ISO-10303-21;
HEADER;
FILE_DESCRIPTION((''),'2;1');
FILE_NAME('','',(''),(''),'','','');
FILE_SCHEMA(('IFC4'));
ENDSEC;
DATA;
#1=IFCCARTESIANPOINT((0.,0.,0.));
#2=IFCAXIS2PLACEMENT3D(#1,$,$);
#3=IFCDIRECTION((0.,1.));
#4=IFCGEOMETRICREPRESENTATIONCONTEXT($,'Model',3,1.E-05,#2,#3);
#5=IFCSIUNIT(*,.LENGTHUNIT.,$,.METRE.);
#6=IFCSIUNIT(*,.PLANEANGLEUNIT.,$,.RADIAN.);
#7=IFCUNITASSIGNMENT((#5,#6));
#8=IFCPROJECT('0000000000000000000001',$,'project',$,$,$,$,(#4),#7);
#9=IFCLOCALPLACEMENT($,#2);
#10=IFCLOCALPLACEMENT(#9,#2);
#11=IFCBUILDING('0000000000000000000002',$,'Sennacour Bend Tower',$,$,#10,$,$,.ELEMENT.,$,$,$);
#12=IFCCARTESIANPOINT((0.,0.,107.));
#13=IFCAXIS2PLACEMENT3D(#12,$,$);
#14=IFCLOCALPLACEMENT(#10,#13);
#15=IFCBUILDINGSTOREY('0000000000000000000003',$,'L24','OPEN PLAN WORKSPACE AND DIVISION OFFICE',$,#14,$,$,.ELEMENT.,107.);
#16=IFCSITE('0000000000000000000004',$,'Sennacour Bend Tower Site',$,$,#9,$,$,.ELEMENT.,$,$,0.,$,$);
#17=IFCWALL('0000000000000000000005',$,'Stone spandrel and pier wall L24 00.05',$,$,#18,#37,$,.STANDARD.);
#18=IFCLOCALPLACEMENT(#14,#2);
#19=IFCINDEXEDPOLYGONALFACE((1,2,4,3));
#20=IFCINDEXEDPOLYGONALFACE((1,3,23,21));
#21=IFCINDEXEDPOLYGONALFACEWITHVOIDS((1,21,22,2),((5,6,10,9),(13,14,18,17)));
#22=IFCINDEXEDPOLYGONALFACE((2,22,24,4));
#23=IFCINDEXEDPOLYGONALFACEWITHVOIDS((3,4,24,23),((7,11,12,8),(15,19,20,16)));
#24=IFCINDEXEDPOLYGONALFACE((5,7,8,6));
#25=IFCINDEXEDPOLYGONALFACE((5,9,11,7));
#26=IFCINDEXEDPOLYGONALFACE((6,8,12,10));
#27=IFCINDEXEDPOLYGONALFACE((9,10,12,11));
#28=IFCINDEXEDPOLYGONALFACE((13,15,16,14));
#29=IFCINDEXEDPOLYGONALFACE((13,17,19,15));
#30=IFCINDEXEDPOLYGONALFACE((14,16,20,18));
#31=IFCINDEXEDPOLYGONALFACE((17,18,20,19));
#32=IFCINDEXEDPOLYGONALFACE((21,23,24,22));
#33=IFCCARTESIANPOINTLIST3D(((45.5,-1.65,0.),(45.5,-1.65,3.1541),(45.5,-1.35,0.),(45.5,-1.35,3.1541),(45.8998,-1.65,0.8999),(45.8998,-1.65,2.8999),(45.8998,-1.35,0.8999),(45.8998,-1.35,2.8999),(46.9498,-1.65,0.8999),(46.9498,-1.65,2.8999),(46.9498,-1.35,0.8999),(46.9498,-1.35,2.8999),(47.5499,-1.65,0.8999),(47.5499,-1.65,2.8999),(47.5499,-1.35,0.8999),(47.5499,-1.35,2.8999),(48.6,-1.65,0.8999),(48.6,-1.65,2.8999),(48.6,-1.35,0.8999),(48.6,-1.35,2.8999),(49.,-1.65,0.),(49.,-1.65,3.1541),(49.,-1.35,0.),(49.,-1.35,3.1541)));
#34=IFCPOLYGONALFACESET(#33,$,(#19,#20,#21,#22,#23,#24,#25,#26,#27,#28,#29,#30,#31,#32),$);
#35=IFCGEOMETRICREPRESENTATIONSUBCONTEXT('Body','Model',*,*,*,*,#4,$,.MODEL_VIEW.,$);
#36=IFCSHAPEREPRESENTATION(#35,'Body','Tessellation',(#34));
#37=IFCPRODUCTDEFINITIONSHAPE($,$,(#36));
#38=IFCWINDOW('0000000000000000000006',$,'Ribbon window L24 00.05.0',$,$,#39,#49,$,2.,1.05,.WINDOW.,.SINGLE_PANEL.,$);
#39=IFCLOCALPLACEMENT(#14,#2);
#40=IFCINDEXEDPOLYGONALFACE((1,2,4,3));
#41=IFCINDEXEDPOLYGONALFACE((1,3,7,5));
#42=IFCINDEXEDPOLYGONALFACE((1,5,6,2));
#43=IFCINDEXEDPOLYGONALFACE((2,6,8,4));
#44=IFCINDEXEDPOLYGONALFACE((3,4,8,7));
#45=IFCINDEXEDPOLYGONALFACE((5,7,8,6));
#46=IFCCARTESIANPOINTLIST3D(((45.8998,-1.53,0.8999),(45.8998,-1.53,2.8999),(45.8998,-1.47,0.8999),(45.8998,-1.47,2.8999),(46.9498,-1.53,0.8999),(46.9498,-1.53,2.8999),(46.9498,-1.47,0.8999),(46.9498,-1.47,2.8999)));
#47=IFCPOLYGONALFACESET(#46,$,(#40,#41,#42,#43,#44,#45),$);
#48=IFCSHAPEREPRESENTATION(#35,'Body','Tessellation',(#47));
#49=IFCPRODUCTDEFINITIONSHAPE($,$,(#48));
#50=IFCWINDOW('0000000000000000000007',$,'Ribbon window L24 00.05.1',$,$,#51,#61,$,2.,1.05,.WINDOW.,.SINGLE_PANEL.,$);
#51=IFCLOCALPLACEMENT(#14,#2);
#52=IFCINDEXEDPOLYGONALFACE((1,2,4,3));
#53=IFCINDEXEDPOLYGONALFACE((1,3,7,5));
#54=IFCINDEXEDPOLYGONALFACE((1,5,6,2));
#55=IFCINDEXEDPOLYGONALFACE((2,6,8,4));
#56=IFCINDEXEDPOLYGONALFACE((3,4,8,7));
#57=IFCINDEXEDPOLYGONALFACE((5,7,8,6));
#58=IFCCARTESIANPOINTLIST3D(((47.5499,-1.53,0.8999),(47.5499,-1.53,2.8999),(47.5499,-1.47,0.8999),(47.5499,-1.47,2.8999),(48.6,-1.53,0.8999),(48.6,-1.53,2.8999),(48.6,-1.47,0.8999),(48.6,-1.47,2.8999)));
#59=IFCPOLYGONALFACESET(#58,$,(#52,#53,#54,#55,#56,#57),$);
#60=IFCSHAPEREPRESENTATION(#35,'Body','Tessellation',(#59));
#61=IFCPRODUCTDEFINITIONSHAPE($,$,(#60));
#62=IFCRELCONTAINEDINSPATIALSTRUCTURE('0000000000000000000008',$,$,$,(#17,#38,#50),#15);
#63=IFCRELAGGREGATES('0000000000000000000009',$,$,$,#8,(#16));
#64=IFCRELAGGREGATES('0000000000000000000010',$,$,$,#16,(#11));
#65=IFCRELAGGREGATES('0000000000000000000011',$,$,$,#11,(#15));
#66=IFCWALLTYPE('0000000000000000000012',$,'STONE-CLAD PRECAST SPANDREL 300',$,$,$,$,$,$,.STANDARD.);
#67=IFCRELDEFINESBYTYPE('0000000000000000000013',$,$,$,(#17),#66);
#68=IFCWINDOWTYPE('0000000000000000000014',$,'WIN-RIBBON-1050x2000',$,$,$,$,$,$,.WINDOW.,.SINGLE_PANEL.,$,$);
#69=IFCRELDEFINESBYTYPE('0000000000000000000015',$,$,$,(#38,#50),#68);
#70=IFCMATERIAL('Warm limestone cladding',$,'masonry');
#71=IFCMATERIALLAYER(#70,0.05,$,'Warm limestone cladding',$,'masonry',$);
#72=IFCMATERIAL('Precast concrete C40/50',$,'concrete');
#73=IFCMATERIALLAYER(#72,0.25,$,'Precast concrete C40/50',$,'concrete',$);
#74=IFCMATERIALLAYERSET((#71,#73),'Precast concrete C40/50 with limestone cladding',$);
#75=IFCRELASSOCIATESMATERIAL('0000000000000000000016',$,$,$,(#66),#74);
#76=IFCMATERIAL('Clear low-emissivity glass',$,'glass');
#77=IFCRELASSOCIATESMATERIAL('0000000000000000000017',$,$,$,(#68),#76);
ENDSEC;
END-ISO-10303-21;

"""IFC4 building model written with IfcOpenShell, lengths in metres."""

from ifc_helpers import new_model, si_unit, direction, frame, frame_2d, origin, place, context, subcontext, project, spatial, rectangle, extrude, material, layer, layer_set, type_object, element, fill, save


model = new_model("IFC4")

# Units and contexts
model_context = context("Model", 3, precision=1e-05, world=origin(), true_north=direction((0.0, 1.0)))
body_context = subcontext(model_context, "Body", "Model", "MODEL_VIEW")
ifc_project = project(units=[si_unit("LENGTHUNIT", "METRE"), si_unit("PLANEANGLEUNIT", "RADIAN")], contexts=[model_context])

# Site, building, storey
site_placement = place(None, origin())
site = spatial("IfcSite", under=ifc_project, at=site_placement, Name="Sennacour Bend Tower Site", CompositionType="ELEMENT", RefElevation=0.0)
building_placement = place(site_placement, origin())
building = spatial("IfcBuilding", under=site, at=building_placement, Name="Sennacour Bend Tower", CompositionType="ELEMENT")
storey_placement = place(building_placement, frame((0.0, 0.0, 107.0)))
storey = spatial("IfcBuildingStorey", under=building, at=storey_placement, Name="L24", Description="OPEN PLAN WORKSPACE AND DIVISION OFFICE", CompositionType="ELEMENT", Elevation=107.0)

# Wall, openings, windows
ifc_material_1 = material(Name="Warm limestone cladding", Category="masonry")
ifc_layer_1 = layer(ifc_material_1, 0.05, Name="Warm limestone cladding", Category="masonry")
ifc_material_2 = material(Name="Precast concrete C40/50", Category="concrete")
ifc_layer_2 = layer(ifc_material_2, 0.25, Name="Precast concrete C40/50", Category="concrete")
ifc_layer_set_1 = layer_set([ifc_layer_1, ifc_layer_2], Name="Precast concrete C40/50 with limestone cladding")
wall_type_1 = type_object("IfcWallType", Name="STONE-CLAD PRECAST SPANDREL 300", PredefinedType="STANDARD", material=ifc_layer_set_1)
wall_1_placement = place(storey_placement, frame((45.5, -1.5, 0.0), z_axis=(0.0, 0.0, 1.0), x_axis=(1.0, 0.0, 0.0)))
wall_1 = element("IfcWall", 1, at=wall_1_placement, inside=storey, type_object=wall_type_1, Name="Stone spandrel and pier wall L24 00.05", PredefinedType="STANDARD", context=body_context, shape_type="SweptSolid", body=[
    extrude(rectangle(XDim=3.5, YDim=0.3, at=frame_2d((1.75, 0.0))), origin(), (0.0, 0.0, 1.0), 3.1541),
])
opening_1_placement = place(wall_1_placement, frame((0.3999, 0.0, 0.8999)))
opening_1 = element("IfcOpeningElement", 2, at=opening_1_placement, cuts=wall_1, PredefinedType="OPENING", context=body_context, shape_type="SweptSolid", body=[
    extrude(rectangle(XDim=1.05, YDim=2.0, at=frame_2d((0.5249, 1.0))), frame((0.0, 0.1602, 0.0), z_axis=(0.0, -1.0, 0.0), x_axis=(1.0, 0.0, 0.0)), (0.0, 0.0, 1.0), 0.3201),
])
opening_2_placement = place(wall_1_placement, frame((2.05, 0.0, 0.8999)))
opening_2 = element("IfcOpeningElement", 3, at=opening_2_placement, cuts=wall_1, PredefinedType="OPENING", context=body_context, shape_type="SweptSolid", body=[
    extrude(rectangle(XDim=1.05, YDim=2.0, at=frame_2d((0.5249, 1.0))), frame((0.0, 0.1602, 0.0), z_axis=(0.0, -1.0, 0.0), x_axis=(1.0, 0.0, 0.0)), (0.0, 0.0, 1.0), 0.3201),
])
ifc_material_3 = material(Name="Clear low-emissivity glass", Category="glass")
window_type = type_object("IfcWindowType", Name="WIN-RIBBON-1050x2000", PartitioningType="SINGLE_PANEL", PredefinedType="WINDOW", material=ifc_material_3)
window_1_placement = place(opening_1_placement, origin())
window_1 = element("IfcWindow", 4, at=window_1_placement, inside=storey, type_object=window_type, Name="Ribbon window L24 00.05.0", OverallHeight=2.0, OverallWidth=1.05, PartitioningType="SINGLE_PANEL", PredefinedType="WINDOW", context=body_context, shape_type="SweptSolid", body=[
    extrude(rectangle(XDim=1.05, YDim=2.0, at=frame_2d((0.5249, 1.0))), frame((0.0, 0.03, 0.0), z_axis=(0.0, -1.0, 0.0), x_axis=(1.0, 0.0, 0.0)), (0.0, 0.0, 1.0), 0.0601),
])
fill(opening_1, window_1)
window_2_placement = place(opening_2_placement, origin())
window_2 = element("IfcWindow", 5, at=window_2_placement, inside=storey, type_object=window_type, Name="Ribbon window L24 00.05.1", OverallHeight=2.0, OverallWidth=1.05, PartitioningType="SINGLE_PANEL", PredefinedType="WINDOW", context=body_context, shape_type="SweptSolid", body=[
    extrude(rectangle(XDim=1.05, YDim=2.0, at=frame_2d((0.5249, 1.0))), frame((0.0, 0.03, 0.0), z_axis=(0.0, -1.0, 0.0), x_axis=(1.0, 0.0, 0.0)), (0.0, 0.0, 1.0), 0.0601),
])
fill(opening_2, window_2)

save(model, "model.ifc")
